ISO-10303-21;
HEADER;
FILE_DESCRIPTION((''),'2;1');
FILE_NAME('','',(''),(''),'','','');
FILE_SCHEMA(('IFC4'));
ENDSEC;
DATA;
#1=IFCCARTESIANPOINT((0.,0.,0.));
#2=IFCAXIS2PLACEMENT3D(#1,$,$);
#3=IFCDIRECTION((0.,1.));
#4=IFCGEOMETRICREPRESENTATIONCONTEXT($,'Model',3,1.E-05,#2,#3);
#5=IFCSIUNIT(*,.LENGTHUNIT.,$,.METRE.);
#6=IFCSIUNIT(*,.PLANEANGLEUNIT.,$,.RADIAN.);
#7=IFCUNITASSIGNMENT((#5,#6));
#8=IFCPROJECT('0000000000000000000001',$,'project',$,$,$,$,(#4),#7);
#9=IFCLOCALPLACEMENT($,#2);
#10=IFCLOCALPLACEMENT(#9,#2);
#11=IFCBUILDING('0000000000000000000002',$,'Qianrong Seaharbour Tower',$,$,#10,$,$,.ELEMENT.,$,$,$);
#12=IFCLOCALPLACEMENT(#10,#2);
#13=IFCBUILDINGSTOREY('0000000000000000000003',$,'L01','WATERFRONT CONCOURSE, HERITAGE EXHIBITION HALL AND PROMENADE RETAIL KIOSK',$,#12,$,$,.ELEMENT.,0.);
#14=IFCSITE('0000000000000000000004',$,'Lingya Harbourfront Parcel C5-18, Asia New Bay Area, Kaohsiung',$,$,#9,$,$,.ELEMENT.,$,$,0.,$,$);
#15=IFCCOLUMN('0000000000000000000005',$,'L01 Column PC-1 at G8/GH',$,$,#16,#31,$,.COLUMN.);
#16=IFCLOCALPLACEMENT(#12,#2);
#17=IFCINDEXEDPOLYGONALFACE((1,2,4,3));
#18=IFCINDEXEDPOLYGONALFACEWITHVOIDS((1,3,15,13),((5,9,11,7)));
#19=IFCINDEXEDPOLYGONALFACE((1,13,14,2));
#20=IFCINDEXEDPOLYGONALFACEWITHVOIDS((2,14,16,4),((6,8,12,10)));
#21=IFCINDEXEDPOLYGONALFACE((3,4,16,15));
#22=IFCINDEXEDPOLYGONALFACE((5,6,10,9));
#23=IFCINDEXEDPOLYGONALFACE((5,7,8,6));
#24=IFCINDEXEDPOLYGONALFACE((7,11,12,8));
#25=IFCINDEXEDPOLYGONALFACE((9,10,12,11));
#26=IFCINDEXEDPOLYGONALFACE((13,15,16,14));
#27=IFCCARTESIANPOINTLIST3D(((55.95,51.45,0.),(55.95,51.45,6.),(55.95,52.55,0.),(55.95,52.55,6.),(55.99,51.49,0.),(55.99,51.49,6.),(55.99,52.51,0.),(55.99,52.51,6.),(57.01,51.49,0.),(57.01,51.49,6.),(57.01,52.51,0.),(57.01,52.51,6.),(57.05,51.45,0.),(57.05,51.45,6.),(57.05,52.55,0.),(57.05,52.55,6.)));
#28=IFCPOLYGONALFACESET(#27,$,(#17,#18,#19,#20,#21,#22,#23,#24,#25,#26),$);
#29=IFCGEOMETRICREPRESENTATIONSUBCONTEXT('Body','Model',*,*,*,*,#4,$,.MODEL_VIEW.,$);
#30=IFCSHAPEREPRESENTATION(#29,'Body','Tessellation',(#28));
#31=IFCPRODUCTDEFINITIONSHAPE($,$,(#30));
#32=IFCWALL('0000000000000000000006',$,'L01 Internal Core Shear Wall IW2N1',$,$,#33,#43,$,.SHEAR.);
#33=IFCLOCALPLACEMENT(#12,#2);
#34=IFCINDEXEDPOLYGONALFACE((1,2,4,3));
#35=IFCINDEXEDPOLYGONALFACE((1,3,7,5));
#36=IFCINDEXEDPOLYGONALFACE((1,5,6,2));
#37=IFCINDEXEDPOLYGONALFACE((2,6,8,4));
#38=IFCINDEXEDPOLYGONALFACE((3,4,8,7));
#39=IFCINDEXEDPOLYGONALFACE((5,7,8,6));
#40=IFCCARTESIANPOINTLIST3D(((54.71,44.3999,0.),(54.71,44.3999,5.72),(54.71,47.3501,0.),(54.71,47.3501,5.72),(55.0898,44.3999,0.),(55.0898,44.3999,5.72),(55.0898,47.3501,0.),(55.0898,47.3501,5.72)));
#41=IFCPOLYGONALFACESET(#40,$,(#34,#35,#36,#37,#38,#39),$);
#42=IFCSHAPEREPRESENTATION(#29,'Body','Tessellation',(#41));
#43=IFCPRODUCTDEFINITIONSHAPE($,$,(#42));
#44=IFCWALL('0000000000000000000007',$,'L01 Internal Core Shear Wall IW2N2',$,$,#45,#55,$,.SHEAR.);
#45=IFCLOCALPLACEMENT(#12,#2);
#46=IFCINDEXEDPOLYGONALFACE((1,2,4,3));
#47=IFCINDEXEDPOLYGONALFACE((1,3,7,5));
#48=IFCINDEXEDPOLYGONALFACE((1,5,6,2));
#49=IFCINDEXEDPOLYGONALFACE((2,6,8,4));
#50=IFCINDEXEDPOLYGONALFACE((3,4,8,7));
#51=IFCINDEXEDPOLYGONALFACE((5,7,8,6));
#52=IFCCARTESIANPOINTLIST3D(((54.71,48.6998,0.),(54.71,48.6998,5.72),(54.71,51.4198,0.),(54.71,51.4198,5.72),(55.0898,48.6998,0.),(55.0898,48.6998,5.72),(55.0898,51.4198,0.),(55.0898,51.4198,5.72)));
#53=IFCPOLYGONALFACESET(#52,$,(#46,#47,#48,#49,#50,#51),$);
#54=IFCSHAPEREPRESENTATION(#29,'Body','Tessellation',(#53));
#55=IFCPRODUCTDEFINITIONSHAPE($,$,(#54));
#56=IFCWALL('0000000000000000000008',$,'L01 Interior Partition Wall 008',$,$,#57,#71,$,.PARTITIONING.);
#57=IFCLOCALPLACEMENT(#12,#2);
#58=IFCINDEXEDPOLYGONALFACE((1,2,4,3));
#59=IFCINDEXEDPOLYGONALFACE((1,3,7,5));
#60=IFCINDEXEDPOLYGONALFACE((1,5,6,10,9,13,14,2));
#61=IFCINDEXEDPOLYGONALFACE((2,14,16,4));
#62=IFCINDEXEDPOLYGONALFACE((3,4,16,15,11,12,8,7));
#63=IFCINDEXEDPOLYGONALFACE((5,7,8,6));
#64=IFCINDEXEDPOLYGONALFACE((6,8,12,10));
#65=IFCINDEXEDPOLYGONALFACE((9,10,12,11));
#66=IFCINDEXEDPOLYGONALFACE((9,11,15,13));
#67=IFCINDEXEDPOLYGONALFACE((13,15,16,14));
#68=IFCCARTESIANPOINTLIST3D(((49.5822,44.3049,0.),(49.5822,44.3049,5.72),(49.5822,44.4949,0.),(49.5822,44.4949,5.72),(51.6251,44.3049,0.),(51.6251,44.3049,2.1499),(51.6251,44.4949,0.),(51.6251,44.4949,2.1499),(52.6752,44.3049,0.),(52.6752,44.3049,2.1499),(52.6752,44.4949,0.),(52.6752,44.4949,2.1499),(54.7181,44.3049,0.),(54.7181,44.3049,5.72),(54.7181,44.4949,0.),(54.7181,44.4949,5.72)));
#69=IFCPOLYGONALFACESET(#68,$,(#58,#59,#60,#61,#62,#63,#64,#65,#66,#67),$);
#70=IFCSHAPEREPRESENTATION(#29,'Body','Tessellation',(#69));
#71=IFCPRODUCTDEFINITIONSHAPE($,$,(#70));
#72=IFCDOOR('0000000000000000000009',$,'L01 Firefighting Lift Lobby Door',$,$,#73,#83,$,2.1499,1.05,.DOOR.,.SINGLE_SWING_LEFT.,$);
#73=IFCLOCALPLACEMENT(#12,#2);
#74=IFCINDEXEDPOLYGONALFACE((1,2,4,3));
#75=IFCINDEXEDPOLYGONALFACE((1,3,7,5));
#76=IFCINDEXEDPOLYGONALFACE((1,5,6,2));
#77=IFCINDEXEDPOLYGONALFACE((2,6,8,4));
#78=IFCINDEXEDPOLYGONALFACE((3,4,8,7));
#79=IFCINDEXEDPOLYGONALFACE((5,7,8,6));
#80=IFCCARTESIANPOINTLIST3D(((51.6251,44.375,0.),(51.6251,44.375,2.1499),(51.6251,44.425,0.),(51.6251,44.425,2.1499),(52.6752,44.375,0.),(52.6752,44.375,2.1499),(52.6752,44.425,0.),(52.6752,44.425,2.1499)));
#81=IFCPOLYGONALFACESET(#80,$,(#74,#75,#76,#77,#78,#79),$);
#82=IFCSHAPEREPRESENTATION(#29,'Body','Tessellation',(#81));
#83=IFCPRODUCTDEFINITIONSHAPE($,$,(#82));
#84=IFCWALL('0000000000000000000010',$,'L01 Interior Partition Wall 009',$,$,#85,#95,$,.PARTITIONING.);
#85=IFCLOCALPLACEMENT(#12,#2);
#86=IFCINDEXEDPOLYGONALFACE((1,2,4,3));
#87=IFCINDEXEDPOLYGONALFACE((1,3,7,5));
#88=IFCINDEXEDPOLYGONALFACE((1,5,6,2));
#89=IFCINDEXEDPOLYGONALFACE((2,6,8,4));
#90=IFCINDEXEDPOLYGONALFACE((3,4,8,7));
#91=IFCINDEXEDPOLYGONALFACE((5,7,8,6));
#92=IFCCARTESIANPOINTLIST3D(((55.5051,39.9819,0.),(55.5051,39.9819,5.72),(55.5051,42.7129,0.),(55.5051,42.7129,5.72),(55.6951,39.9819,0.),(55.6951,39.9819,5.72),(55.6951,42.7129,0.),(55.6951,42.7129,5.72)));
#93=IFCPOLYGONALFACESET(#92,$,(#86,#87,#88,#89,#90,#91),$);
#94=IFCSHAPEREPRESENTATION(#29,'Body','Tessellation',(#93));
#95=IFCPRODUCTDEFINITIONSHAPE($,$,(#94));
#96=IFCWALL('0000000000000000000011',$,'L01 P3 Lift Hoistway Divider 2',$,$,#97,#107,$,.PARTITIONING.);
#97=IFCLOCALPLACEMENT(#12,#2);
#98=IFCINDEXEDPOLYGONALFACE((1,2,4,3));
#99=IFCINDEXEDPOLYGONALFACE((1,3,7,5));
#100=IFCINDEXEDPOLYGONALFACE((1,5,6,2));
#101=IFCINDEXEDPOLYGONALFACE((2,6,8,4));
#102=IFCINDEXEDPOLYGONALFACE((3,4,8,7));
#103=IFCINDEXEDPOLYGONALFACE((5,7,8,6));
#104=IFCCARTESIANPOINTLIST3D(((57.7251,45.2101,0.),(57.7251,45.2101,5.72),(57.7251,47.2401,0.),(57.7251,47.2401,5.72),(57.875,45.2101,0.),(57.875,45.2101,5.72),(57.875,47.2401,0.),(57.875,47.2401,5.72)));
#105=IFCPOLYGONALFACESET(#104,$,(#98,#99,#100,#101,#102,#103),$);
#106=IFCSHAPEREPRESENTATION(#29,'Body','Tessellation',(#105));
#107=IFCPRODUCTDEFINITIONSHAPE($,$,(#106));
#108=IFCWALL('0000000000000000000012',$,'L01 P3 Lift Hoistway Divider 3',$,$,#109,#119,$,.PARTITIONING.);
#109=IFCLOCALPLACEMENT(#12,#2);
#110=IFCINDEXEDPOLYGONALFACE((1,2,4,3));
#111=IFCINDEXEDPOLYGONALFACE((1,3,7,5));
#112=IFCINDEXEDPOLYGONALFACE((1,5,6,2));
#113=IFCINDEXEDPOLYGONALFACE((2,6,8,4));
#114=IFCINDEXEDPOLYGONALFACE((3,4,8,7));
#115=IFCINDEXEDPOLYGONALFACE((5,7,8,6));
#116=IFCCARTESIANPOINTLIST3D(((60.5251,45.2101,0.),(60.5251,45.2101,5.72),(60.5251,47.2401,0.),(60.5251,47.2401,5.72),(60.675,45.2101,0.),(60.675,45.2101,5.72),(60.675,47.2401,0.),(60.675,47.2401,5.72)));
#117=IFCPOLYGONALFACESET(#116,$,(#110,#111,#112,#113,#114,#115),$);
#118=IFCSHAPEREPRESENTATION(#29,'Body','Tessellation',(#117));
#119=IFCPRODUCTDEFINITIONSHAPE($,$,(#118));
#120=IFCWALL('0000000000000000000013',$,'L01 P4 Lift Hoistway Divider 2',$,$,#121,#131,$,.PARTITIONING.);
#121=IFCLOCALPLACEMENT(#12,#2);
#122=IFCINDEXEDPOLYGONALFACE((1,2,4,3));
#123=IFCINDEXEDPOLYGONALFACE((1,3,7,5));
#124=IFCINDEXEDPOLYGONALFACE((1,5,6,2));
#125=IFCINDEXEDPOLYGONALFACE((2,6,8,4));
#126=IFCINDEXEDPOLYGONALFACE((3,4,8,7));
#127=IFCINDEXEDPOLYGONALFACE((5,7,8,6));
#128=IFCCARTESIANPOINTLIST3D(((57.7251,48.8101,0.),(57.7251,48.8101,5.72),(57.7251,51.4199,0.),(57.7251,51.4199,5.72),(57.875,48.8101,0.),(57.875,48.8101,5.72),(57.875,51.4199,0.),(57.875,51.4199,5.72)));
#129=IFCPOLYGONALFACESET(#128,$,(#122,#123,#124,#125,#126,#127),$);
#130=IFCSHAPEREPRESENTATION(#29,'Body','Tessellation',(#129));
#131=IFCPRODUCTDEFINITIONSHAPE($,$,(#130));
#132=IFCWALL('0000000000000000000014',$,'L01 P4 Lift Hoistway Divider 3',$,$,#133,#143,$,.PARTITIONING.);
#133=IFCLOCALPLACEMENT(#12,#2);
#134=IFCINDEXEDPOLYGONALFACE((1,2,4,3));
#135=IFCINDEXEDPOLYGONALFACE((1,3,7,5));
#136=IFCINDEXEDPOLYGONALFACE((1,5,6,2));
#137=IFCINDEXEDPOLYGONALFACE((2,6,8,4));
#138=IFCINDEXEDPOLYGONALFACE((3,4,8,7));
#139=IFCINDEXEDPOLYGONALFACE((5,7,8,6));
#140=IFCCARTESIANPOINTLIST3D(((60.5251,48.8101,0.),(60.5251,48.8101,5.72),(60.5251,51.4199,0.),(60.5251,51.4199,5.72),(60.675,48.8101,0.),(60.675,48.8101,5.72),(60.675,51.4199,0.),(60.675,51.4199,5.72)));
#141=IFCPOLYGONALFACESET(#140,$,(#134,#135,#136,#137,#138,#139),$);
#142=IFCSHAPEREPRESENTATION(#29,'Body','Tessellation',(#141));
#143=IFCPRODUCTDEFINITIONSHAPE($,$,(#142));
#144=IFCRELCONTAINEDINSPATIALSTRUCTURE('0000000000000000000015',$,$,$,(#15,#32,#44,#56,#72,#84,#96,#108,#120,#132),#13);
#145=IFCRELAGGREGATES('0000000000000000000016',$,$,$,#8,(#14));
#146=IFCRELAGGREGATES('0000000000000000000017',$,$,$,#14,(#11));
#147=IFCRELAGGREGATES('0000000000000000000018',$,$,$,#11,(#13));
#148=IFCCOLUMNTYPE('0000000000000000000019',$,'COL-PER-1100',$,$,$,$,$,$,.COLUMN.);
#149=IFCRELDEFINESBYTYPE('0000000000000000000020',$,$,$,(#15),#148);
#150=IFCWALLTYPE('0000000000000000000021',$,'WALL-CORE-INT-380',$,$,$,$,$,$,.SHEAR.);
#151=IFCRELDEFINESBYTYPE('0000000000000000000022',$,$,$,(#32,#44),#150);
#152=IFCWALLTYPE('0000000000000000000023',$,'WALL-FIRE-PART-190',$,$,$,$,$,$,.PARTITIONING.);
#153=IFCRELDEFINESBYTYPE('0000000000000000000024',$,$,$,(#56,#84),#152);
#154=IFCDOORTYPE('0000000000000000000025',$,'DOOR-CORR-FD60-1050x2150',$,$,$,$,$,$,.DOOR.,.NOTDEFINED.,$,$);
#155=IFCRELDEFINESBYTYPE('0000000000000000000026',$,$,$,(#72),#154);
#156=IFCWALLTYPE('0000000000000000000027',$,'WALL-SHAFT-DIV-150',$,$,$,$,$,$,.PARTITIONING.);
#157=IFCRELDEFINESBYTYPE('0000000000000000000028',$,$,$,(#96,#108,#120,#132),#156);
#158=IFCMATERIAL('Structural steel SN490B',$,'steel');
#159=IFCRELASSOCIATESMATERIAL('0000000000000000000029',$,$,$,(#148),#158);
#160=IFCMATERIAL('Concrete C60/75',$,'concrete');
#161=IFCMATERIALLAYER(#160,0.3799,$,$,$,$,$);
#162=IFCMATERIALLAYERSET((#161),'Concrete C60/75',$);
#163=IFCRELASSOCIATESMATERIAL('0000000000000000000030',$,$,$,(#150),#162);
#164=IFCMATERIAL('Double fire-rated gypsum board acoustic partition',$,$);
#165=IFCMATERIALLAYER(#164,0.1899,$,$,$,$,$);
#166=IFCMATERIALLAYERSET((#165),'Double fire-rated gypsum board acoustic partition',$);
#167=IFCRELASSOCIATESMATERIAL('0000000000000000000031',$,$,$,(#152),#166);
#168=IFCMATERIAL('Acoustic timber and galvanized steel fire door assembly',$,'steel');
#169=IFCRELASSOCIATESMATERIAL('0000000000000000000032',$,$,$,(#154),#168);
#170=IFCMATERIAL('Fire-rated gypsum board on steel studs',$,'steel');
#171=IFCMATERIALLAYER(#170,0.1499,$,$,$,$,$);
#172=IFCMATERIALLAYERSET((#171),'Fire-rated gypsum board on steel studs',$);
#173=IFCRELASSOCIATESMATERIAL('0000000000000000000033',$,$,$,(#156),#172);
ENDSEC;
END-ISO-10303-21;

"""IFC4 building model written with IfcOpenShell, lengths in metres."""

from ifc_helpers import new_model, si_unit, direction, frame, frame_2d, origin, origin_2d, place, context, subcontext, project, spatial, rectangle, hollow_rectangle, extrude, material, layer, layer_set, material_profile, profile_set, type_object, element, fill, save


model = new_model("IFC4")

# Units and contexts
model_context = context("Model", 3, precision=1e-05, world=origin(), true_north=direction((0.0, 1.0)))
body_context = subcontext(model_context, "Body", "Model", "MODEL_VIEW")
ifc_project = project(units=[si_unit("LENGTHUNIT", "METRE"), si_unit("PLANEANGLEUNIT", "RADIAN")], contexts=[model_context])

# Site, building, storey
site_placement = place(None, origin())
site = spatial("IfcSite", under=ifc_project, at=site_placement, Name="Lingya Harbourfront Parcel C5-18, Asia New Bay Area, Kaohsiung", CompositionType="ELEMENT", RefElevation=0.0)
building_placement = place(site_placement, origin())
building = spatial("IfcBuilding", under=site, at=building_placement, Name="Qianrong Seaharbour Tower", CompositionType="ELEMENT")
storey_placement = place(building_placement, origin())
storey = spatial("IfcBuildingStorey", under=building, at=storey_placement, Name="L01", Description="WATERFRONT CONCOURSE, HERITAGE EXHIBITION HALL AND PROMENADE RETAIL KIOSK", CompositionType="ELEMENT", Elevation=0.0)

# Column
ifc_material_1 = material(Name="Structural steel SN490B", Category="steel")
ifc_material_profile = material_profile(ifc_material_1, hollow_rectangle(XDim=1.1001, YDim=1.1001, WallThickness=0.04, at=origin_2d()), Name="BOX1100x1100x40")
ifc_profile_set = profile_set([ifc_material_profile], Name="Structural steel SN490B")
column_type = type_object("IfcColumnType", Name="COL-PER-1100", PredefinedType="COLUMN", material=ifc_profile_set)
column_placement = place(storey_placement, frame((56.5, 52.0, 0.0), z_axis=(0.0, 0.0, 1.0), x_axis=(1.0, 0.0, 0.0)))
element("IfcColumn", 1, at=column_placement, inside=storey, type_object=column_type, Name="L01 Column PC-1 at G8/GH", PredefinedType="COLUMN", context=body_context, shape_type="SweptSolid", body=[
    extrude(hollow_rectangle(XDim=1.1001, YDim=1.1001, WallThickness=0.04, at=origin_2d()), origin(), (0.0, 0.0, 1.0), 6.0),
])

# Walls
ifc_material_2 = material(Name="Concrete C60/75", Category="concrete")
ifc_layer_1 = layer(ifc_material_2, 0.3799)
ifc_layer_set_1 = layer_set([ifc_layer_1], Name="Concrete C60/75")
wall_type_1 = type_object("IfcWallType", Name="WALL-CORE-INT-380", PredefinedType="SHEAR", material=ifc_layer_set_1)
wall_1_placement = place(storey_placement, frame((54.8999, 44.3999, 0.0), z_axis=(0.0, 0.0, 1.0), x_axis=(0.0, 1.0, 0.0)))
element("IfcWall", 2, at=wall_1_placement, inside=storey, type_object=wall_type_1, Name="L01 Internal Core Shear Wall IW2N1", PredefinedType="SHEAR", context=body_context, shape_type="SweptSolid", body=[
    extrude(rectangle(XDim=2.9502, YDim=0.3799, at=frame_2d((1.4751, 0.0))), origin(), (0.0, 0.0, 1.0), 5.72),
])
wall_2_placement = place(storey_placement, frame((54.8999, 48.7, 0.0), z_axis=(0.0, 0.0, 1.0), x_axis=(0.0, 1.0, 0.0)))
element("IfcWall", 3, at=wall_2_placement, inside=storey, type_object=wall_type_1, Name="L01 Internal Core Shear Wall IW2N2", PredefinedType="SHEAR", context=body_context, shape_type="SweptSolid", body=[
    extrude(rectangle(XDim=2.72, YDim=0.3799, at=frame_2d((1.3599, 0.0))), origin(), (0.0, 0.0, 1.0), 5.72),
])

# Wall, opening, door
ifc_material_3 = material(Name="Double fire-rated gypsum board acoustic partition")
ifc_layer_2 = layer(ifc_material_3, 0.1899)
ifc_layer_set_2 = layer_set([ifc_layer_2], Name="Double fire-rated gypsum board acoustic partition")
wall_type_2 = type_object("IfcWallType", Name="WALL-FIRE-PART-190", PredefinedType="PARTITIONING", material=ifc_layer_set_2)
wall_3_placement = place(storey_placement, frame((54.718, 44.3999, 0.0), z_axis=(0.0, 0.0, 1.0), x_axis=(-1.0, 0.0, 0.0)))
wall_3 = element("IfcWall", 4, at=wall_3_placement, inside=storey, type_object=wall_type_2, Name="L01 Interior Partition Wall 008", PredefinedType="PARTITIONING", context=body_context, shape_type="SweptSolid", body=[
    extrude(rectangle(XDim=5.136, YDim=0.1899, at=frame_2d((2.5679, 0.0))), origin(), (0.0, 0.0, 1.0), 5.72),
])
opening_1_placement = place(wall_3_placement, frame((2.043, 0.0, 0.0)))
opening_1 = element("IfcOpeningElement", 5, at=opening_1_placement, cuts=wall_3, PredefinedType="OPENING", context=body_context, shape_type="SweptSolid", body=[
    extrude(rectangle(XDim=1.05, YDim=2.1499, at=frame_2d((0.5249, 1.075))), frame((0.0, 0.105, 0.0), z_axis=(0.0, -1.0, 0.0), x_axis=(1.0, 0.0, 0.0)), (0.0, 0.0, 1.0), 0.21),
])
ifc_material_4 = material(Name="Acoustic timber and galvanized steel fire door assembly", Category="steel")
door_type_1 = type_object("IfcDoorType", Name="DOOR-CORR-FD60-1050x2150", OperationType="NOTDEFINED", PredefinedType="DOOR", material=ifc_material_4)
door_1_placement = place(opening_1_placement, origin())
door_1 = element("IfcDoor", 6, at=door_1_placement, inside=storey, type_object=door_type_1, Name="L01 Firefighting Lift Lobby Door", OperationType="SINGLE_SWING_LEFT", OverallHeight=2.1499, OverallWidth=1.05, PredefinedType="DOOR", context=body_context, shape_type="SweptSolid", body=[
    extrude(rectangle(XDim=1.05, YDim=2.1499, at=frame_2d((0.5249, 1.075))), frame((0.0, 0.0249, 0.0), z_axis=(0.0, -1.0, 0.0), x_axis=(1.0, 0.0, 0.0)), (0.0, 0.0, 1.0), 0.05),
])
fill(opening_1, door_1)

# Walls
wall_4_placement = place(storey_placement, frame((55.6001, 42.7129, 0.0), z_axis=(0.0, 0.0, 1.0), x_axis=(0.0, -1.0, 0.0)))
element("IfcWall", 7, at=wall_4_placement, inside=storey, type_object=wall_type_2, Name="L01 Interior Partition Wall 009", PredefinedType="PARTITIONING", context=body_context, shape_type="SweptSolid", body=[
    extrude(rectangle(XDim=2.731, YDim=0.1899, at=frame_2d((1.3655, 0.0))), origin(), (0.0, 0.0, 1.0), 5.72),
])
ifc_material_5 = material(Name="Fire-rated gypsum board on steel studs", Category="steel")
ifc_layer_3 = layer(ifc_material_5, 0.1499)
ifc_layer_set_3 = layer_set([ifc_layer_3], Name="Fire-rated gypsum board on steel studs")
wall_type_3 = type_object("IfcWallType", Name="WALL-SHAFT-DIV-150", PredefinedType="PARTITIONING", material=ifc_layer_set_3)
for number, where, z_axis, x_axis, name in (
    (8, (57.8, 45.21, 0.0), (0.0, 0.0, 1.0), (0.0, 1.0, 0.0), "L01 P3 Lift Hoistway Divider 2"),
    (9, (60.6001, 45.21, 0.0), (0.0, 0.0, 1.0), (0.0, 1.0, 0.0), "L01 P3 Lift Hoistway Divider 3"),
):
    element("IfcWall", number, at=place(storey_placement, frame(where, z_axis=z_axis, x_axis=x_axis)), inside=storey, type_object=wall_type_3, Name=name, PredefinedType="PARTITIONING", context=body_context, shape_type="SweptSolid", body=[
        extrude(rectangle(XDim=2.03, YDim=0.1499, at=frame_2d((1.0151, 0.0))), origin(), (0.0, 0.0, 1.0), 5.72),
    ])
for number, where, z_axis, x_axis, name in (
    (10, (57.8, 48.8101, 0.0), (0.0, 0.0, 1.0), (0.0, 1.0, 0.0), "L01 P4 Lift Hoistway Divider 2"),
    (11, (60.6001, 48.8101, 0.0), (0.0, 0.0, 1.0), (0.0, 1.0, 0.0), "L01 P4 Lift Hoistway Divider 3"),
):
    element("IfcWall", number, at=place(storey_placement, frame(where, z_axis=z_axis, x_axis=x_axis)), inside=storey, type_object=wall_type_3, Name=name, PredefinedType="PARTITIONING", context=body_context, shape_type="SweptSolid", body=[
        extrude(rectangle(XDim=2.6099, YDim=0.1499, at=frame_2d((1.3049, 0.0))), origin(), (0.0, 0.0, 1.0), 5.72),
    ])

save(model, "model.ifc")
